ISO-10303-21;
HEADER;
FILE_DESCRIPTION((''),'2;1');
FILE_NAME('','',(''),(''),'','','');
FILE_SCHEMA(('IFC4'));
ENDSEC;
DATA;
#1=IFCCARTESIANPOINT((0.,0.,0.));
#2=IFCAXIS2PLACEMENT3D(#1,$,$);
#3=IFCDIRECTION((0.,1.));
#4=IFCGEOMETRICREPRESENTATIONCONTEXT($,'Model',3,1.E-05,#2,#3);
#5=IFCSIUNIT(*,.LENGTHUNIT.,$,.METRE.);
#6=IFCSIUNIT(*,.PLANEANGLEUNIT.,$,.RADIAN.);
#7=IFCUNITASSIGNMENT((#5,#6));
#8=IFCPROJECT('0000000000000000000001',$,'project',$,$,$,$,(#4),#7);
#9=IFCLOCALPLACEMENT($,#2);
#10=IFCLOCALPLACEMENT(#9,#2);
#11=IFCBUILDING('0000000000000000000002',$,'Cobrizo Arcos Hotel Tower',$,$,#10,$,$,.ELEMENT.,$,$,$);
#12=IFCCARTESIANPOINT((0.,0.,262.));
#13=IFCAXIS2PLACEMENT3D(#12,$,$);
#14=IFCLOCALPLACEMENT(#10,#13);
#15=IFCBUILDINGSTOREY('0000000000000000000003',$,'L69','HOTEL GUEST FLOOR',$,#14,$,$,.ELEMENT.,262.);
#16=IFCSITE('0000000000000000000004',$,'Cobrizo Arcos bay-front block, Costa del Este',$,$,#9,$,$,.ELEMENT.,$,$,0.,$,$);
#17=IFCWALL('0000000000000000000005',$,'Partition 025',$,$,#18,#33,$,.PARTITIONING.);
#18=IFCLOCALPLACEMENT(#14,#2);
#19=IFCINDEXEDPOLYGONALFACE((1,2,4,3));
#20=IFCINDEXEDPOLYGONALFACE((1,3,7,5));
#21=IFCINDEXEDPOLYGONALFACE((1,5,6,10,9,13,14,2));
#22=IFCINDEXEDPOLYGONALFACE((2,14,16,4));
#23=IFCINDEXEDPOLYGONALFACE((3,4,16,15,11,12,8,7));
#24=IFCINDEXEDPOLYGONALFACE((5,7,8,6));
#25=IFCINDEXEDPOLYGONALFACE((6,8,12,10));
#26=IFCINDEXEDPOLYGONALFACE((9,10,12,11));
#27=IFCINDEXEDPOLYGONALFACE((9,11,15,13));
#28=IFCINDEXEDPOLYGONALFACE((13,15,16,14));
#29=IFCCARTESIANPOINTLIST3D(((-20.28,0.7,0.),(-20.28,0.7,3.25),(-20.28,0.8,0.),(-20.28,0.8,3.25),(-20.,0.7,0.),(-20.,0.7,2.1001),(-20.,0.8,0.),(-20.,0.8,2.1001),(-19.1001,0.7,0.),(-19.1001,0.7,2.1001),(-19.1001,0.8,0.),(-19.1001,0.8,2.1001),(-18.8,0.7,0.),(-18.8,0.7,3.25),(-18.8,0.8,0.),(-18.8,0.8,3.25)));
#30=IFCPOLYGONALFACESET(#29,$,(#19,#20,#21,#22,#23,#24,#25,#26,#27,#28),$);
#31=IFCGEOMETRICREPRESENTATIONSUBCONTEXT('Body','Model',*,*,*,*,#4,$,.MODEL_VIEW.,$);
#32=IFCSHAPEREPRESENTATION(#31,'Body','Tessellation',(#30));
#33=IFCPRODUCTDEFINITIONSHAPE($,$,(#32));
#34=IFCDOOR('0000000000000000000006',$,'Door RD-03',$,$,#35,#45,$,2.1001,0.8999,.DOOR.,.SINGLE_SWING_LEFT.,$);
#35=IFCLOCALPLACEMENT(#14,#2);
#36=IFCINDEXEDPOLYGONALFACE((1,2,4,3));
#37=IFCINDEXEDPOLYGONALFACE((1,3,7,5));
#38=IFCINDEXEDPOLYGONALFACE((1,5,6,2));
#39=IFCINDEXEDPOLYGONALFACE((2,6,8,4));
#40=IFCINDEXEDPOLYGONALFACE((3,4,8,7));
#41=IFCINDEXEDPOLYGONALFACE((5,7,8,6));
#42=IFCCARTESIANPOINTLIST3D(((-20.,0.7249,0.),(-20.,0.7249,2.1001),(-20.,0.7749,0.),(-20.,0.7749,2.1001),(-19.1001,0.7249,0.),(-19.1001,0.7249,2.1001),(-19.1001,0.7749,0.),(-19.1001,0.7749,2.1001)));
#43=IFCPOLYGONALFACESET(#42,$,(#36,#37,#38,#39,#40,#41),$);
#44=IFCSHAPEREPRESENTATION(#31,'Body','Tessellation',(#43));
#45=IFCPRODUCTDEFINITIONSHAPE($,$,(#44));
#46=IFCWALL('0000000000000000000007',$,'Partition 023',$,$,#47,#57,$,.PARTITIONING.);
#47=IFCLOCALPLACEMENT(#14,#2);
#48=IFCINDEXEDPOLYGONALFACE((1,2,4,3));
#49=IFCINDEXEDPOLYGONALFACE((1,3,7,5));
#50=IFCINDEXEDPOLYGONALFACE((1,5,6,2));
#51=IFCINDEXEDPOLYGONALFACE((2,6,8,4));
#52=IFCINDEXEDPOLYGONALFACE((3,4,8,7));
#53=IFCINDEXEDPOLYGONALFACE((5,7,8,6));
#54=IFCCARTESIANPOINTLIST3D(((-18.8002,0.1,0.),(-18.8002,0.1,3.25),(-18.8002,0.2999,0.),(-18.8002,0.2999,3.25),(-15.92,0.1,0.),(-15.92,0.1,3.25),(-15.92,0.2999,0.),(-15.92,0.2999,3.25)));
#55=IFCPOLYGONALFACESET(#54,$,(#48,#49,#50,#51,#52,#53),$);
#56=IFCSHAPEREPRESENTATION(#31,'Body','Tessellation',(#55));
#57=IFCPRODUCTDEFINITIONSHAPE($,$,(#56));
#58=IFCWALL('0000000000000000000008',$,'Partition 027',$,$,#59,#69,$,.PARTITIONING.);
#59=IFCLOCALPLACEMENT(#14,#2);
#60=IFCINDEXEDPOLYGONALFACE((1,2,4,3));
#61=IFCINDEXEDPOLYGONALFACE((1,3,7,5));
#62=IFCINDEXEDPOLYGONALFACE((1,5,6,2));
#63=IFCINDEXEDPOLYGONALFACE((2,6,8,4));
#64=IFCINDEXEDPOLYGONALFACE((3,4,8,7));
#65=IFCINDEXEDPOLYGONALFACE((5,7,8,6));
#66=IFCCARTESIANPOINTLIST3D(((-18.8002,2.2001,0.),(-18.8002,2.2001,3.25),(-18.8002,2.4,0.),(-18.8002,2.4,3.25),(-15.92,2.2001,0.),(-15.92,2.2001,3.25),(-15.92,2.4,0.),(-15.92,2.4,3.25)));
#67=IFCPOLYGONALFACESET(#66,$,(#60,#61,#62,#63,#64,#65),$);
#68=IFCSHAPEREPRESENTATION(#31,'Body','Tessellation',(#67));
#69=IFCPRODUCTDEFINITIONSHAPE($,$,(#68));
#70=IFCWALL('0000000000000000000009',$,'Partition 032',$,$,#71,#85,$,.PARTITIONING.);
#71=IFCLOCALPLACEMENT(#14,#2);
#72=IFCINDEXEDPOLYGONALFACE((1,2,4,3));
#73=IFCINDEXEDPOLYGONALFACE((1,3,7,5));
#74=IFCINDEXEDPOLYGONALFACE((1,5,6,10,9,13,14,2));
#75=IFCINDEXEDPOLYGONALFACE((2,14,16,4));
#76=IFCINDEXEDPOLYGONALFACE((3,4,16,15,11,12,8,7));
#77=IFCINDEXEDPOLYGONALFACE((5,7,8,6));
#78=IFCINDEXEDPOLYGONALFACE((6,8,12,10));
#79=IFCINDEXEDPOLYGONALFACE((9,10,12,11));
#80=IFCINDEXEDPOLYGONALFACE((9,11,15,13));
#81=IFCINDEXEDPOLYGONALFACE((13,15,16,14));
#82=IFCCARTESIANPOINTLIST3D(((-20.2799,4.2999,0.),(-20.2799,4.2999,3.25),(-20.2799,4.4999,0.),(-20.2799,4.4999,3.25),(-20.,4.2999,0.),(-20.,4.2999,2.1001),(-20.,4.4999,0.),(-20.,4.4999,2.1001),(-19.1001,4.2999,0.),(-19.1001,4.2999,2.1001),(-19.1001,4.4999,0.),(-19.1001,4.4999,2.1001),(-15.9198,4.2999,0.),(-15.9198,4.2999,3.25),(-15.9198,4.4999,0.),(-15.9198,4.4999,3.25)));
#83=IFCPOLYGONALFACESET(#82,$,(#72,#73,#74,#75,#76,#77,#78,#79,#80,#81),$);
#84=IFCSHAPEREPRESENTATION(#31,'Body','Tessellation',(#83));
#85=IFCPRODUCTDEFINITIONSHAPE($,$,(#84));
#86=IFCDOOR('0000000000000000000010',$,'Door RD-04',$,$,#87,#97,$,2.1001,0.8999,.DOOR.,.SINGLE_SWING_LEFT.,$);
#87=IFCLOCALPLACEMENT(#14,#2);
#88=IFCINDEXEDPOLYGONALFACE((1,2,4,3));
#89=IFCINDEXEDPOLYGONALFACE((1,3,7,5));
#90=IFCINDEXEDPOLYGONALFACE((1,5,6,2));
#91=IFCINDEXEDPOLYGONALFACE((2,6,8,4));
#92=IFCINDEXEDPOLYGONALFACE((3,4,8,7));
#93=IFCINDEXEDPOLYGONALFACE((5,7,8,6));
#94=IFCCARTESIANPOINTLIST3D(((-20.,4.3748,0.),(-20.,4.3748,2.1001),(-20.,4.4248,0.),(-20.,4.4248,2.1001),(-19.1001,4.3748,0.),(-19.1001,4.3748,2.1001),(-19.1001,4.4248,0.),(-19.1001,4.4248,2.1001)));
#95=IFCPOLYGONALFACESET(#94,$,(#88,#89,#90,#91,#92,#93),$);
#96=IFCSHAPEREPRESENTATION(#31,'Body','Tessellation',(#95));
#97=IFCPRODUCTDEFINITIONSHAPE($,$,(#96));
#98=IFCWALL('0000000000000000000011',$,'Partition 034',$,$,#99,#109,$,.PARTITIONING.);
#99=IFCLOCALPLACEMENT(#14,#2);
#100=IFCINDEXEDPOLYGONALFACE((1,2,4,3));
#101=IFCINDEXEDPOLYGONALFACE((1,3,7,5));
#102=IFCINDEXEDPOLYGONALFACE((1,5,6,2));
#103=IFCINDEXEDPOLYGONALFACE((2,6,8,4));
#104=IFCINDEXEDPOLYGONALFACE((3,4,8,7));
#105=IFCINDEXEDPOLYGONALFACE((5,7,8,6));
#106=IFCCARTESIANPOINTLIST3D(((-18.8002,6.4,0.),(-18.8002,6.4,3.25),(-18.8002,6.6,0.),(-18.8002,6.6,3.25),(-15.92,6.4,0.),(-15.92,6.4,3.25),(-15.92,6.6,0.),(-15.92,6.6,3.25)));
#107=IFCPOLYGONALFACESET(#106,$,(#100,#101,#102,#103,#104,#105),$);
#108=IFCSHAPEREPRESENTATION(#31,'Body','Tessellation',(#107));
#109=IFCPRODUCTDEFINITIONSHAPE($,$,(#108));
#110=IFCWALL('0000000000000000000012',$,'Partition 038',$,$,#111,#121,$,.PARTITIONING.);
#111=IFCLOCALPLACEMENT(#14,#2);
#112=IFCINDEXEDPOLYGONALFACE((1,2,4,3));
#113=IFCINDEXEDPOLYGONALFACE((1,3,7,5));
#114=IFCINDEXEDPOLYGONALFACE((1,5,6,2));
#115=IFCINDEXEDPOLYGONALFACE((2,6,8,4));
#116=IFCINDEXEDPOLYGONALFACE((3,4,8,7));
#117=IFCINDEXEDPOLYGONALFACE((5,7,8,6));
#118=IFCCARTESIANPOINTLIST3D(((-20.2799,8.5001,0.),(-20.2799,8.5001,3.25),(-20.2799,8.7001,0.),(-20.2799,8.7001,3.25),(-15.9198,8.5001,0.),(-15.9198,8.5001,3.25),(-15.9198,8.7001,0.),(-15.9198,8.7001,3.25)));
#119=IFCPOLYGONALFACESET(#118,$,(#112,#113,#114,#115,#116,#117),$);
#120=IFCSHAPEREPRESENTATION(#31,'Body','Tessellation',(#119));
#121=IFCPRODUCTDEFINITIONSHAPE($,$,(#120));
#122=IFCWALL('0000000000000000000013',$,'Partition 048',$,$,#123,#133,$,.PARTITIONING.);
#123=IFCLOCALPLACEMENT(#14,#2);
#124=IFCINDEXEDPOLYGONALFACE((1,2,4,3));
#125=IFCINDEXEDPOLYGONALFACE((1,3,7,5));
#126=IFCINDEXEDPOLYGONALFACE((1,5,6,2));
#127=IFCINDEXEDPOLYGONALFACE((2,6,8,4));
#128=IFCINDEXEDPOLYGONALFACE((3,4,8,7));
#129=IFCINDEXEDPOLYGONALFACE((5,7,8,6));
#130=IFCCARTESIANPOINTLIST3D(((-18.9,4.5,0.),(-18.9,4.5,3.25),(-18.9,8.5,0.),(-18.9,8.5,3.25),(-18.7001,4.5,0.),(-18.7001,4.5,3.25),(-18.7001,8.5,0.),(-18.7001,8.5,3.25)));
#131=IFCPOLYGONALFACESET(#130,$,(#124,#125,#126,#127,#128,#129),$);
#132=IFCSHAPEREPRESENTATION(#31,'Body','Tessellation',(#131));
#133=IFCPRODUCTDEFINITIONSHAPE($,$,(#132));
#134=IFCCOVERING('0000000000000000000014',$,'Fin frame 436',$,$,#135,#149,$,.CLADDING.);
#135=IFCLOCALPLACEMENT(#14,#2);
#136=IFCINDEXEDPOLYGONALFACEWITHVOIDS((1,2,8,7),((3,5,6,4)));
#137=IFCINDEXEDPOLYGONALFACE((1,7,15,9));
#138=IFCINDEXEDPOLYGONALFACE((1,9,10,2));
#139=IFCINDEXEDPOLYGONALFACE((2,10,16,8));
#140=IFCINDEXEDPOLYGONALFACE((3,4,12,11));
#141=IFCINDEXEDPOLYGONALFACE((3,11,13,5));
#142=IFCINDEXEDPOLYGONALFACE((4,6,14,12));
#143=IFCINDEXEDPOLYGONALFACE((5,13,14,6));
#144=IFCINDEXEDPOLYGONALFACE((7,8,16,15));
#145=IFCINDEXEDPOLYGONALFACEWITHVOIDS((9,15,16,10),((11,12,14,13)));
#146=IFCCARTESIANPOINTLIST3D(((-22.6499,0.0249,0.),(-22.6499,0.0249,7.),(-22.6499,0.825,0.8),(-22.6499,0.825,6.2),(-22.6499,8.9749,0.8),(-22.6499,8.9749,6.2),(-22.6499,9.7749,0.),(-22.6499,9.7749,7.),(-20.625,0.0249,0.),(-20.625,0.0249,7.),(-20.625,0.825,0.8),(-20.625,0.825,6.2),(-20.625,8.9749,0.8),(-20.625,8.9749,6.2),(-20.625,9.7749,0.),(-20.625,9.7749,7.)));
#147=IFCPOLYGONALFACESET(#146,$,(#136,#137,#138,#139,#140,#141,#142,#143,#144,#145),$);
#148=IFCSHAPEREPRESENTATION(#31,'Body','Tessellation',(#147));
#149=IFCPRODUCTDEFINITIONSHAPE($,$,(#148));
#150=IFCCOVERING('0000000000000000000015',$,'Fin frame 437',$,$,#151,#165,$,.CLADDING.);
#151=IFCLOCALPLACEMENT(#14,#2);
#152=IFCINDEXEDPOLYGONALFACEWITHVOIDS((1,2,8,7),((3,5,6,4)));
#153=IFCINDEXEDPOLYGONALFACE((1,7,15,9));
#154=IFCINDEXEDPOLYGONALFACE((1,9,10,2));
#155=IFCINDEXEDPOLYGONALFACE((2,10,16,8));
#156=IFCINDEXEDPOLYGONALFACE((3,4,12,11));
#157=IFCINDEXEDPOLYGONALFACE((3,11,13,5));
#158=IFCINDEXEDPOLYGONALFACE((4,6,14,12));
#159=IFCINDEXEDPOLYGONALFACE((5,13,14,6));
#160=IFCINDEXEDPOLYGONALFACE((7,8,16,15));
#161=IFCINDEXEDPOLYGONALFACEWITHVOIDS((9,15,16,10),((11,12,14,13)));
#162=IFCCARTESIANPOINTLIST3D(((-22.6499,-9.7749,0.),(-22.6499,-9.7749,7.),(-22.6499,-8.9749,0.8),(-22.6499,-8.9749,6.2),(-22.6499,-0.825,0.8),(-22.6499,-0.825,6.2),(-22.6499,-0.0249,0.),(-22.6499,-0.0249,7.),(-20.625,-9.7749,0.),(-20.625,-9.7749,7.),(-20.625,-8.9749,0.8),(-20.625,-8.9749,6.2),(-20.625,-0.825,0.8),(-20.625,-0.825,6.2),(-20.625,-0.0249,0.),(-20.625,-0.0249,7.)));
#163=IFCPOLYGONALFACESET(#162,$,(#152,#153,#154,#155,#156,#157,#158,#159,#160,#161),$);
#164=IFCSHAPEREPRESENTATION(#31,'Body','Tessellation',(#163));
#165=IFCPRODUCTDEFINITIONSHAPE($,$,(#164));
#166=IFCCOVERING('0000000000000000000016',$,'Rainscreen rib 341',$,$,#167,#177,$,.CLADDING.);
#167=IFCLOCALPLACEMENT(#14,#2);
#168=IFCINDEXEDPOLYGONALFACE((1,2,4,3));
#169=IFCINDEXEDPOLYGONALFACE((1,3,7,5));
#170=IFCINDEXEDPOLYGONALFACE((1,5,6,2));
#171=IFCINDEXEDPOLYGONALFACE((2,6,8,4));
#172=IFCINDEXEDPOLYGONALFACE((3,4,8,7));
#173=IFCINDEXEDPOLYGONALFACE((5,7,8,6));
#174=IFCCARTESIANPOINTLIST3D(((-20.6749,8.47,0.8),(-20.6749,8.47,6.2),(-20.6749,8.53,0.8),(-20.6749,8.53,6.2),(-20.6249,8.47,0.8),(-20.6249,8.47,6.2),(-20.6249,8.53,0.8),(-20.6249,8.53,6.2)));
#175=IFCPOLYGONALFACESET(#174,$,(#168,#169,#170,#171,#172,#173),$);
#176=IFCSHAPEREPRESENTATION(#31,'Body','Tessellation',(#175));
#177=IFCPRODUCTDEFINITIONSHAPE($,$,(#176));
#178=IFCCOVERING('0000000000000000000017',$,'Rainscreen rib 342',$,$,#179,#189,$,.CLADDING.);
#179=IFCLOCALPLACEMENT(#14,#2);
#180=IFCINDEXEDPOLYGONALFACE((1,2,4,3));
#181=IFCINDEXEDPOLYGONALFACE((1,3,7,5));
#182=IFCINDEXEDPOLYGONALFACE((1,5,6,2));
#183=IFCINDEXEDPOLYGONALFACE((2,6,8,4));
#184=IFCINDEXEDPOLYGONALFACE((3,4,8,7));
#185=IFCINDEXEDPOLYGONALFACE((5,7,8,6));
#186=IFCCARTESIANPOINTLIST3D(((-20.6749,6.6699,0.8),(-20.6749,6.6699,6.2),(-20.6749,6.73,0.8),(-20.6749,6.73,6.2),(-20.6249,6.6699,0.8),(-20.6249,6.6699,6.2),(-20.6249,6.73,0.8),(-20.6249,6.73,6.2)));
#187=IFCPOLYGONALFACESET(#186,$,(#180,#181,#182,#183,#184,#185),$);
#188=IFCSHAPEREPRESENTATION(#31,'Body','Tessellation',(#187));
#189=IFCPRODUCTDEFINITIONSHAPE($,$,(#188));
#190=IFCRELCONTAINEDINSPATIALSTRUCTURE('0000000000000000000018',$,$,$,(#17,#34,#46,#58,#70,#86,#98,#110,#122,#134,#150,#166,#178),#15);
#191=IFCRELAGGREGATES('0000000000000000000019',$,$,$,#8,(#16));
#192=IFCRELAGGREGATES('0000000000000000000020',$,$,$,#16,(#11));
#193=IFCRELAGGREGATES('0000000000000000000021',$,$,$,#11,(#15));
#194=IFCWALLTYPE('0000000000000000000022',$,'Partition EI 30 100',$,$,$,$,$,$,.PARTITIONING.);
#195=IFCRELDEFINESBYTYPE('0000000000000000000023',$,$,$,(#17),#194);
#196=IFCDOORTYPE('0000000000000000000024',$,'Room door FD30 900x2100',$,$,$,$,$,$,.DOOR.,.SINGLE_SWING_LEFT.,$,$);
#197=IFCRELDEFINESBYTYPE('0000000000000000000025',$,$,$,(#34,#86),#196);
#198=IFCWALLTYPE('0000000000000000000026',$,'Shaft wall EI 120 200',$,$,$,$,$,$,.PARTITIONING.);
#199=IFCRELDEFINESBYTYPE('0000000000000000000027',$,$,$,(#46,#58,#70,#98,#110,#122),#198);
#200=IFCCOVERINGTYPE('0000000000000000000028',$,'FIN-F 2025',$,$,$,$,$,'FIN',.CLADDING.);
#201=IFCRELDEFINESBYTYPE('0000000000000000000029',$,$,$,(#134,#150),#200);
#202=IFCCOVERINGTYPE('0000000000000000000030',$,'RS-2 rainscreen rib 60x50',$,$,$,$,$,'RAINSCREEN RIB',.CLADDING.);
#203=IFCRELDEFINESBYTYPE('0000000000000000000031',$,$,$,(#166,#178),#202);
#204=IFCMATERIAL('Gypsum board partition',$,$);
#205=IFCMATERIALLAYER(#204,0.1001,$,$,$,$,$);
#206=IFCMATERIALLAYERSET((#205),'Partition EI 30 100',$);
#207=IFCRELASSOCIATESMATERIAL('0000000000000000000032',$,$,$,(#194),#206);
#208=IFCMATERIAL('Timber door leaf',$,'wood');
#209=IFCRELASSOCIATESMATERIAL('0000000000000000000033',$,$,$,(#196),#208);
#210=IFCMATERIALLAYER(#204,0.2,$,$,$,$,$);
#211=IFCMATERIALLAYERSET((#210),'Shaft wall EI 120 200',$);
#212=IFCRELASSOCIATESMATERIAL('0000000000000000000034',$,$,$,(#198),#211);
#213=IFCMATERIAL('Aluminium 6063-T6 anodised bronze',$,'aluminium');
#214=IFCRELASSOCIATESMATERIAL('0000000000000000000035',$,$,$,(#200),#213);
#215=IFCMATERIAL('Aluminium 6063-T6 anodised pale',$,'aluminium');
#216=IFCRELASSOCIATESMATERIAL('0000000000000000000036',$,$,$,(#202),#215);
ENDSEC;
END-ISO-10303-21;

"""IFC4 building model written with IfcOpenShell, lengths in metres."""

from ifc_helpers import new_model, si_unit, direction, frame, frame_2d, origin, origin_2d, place, context, subcontext, project, spatial, polyline, rectangle, outline, extrude, material, layer, layer_set, type_object, element, fill, save


model = new_model("IFC4")

# Units and contexts
model_context = context("Model", 3, precision=1e-05, world=origin(), true_north=direction((0.0, 1.0)))
body_context = subcontext(model_context, "Body", "Model", "MODEL_VIEW")
ifc_project = project(units=[si_unit("LENGTHUNIT", "METRE"), si_unit("PLANEANGLEUNIT", "RADIAN")], contexts=[model_context])

# Site, building, storey
site_placement = place(None, origin())
site = spatial("IfcSite", under=ifc_project, at=site_placement, Name="Cobrizo Arcos bay-front block, Costa del Este", CompositionType="ELEMENT", RefElevation=0.0)
building_placement = place(site_placement, origin())
building = spatial("IfcBuilding", under=site, at=building_placement, Name="Cobrizo Arcos Hotel Tower", CompositionType="ELEMENT")
storey_placement = place(building_placement, frame((0.0, 0.0, 262.0)))
storey = spatial("IfcBuildingStorey", under=building, at=storey_placement, Name="L69", Description="HOTEL GUEST FLOOR", CompositionType="ELEMENT", Elevation=262.0)

# Wall, opening, door
ifc_material_1 = material(Name="Gypsum board partition")
ifc_layer_1 = layer(ifc_material_1, 0.1001)
ifc_layer_set_1 = layer_set([ifc_layer_1], Name="Partition EI 30 100")
wall_type_1 = type_object("IfcWallType", Name="Partition EI 30 100", PredefinedType="PARTITIONING", material=ifc_layer_set_1)
wall_1_placement = place(storey_placement, frame((-20.28, 0.75, 0.0), z_axis=(0.0, 0.0, 1.0), x_axis=(1.0, 0.0, 0.0)))
wall_1 = element("IfcWall", 1, at=wall_1_placement, inside=storey, type_object=wall_type_1, Name="Partition 025", PredefinedType="PARTITIONING", context=body_context, shape_type="SweptSolid", body=[
    extrude(rectangle(XDim=1.48, YDim=0.1001, at=frame_2d((0.74, 0.0))), origin(), (0.0, 0.0, 1.0), 3.25),
])
opening_1_placement = place(wall_1_placement, frame((0.28, 0.0, 0.0)))
opening_1 = element("IfcOpeningElement", 2, at=opening_1_placement, cuts=wall_1, PredefinedType="OPENING", context=body_context, shape_type="SweptSolid", body=[
    extrude(rectangle(XDim=0.8999, YDim=2.1001, at=frame_2d((0.45, 1.05))), frame((0.0, 0.062, 0.0), z_axis=(0.0, -1.0, 0.0), x_axis=(1.0, 0.0, 0.0)), (0.0, 0.0, 1.0), 0.124),
])
ifc_material_2 = material(Name="Timber door leaf", Category="wood")
door_type = type_object("IfcDoorType", Name="Room door FD30 900x2100", OperationType="SINGLE_SWING_LEFT", PredefinedType="DOOR", material=ifc_material_2)
door_1_placement = place(opening_1_placement, origin())
door_1 = element("IfcDoor", 3, at=door_1_placement, inside=storey, type_object=door_type, Name="Door RD-03", OperationType="SINGLE_SWING_LEFT", OverallHeight=2.1001, OverallWidth=0.8999, PredefinedType="DOOR", context=body_context, shape_type="SweptSolid", body=[
    extrude(rectangle(XDim=0.8999, YDim=2.1001, at=frame_2d((0.45, 1.05))), frame((0.0, 0.0249, 0.0), z_axis=(0.0, -1.0, 0.0), x_axis=(1.0, 0.0, 0.0)), (0.0, 0.0, 1.0), 0.05),
])
fill(opening_1, door_1)

# Walls
ifc_layer_2 = layer(ifc_material_1, 0.2)
ifc_layer_set_2 = layer_set([ifc_layer_2], Name="Shaft wall EI 120 200")
wall_type_2 = type_object("IfcWallType", Name="Shaft wall EI 120 200", PredefinedType="PARTITIONING", material=ifc_layer_set_2)
for number, where, z_axis, x_axis, name in (
    (4, (-18.8, 0.2, 0.0), (0.0, 0.0, 1.0), (1.0, 0.0, 0.0), "Partition 023"),
    (5, (-18.8, 2.3, 0.0), (0.0, 0.0, 1.0), (1.0, 0.0, 0.0), "Partition 027"),
):
    element("IfcWall", number, at=place(storey_placement, frame(where, z_axis=z_axis, x_axis=x_axis)), inside=storey, type_object=wall_type_2, Name=name, PredefinedType="PARTITIONING", context=body_context, shape_type="SweptSolid", body=[
        extrude(rectangle(XDim=2.8801, YDim=0.2, at=frame_2d((1.4399, 0.0))), origin(), (0.0, 0.0, 1.0), 3.25),
    ])

# Wall, opening, door
wall_2_placement = place(storey_placement, frame((-20.28, 4.3999, 0.0), z_axis=(0.0, 0.0, 1.0), x_axis=(1.0, 0.0, 0.0)))
wall_2 = element("IfcWall", 6, at=wall_2_placement, inside=storey, type_object=wall_type_2, Name="Partition 032", PredefinedType="PARTITIONING", context=body_context, shape_type="SweptSolid", body=[
    extrude(rectangle(XDim=4.3601, YDim=0.2, at=frame_2d((2.1802, 0.0))), origin(), (0.0, 0.0, 1.0), 3.25),
])
opening_2_placement = place(wall_2_placement, frame((0.28, 0.0, 0.0)))
opening_2 = element("IfcOpeningElement", 7, at=opening_2_placement, cuts=wall_2, PredefinedType="OPENING", context=body_context, shape_type="SweptSolid", body=[
    extrude(rectangle(XDim=0.8999, YDim=2.1001, at=frame_2d((0.45, 1.05))), frame((0.0, 0.1121, 0.0), z_axis=(0.0, -1.0, 0.0), x_axis=(1.0, 0.0, 0.0)), (0.0, 0.0, 1.0), 0.2239),
])
door_2_placement = place(opening_2_placement, origin())
door_2 = element("IfcDoor", 8, at=door_2_placement, inside=storey, type_object=door_type, Name="Door RD-04", OperationType="SINGLE_SWING_LEFT", OverallHeight=2.1001, OverallWidth=0.8999, PredefinedType="DOOR", context=body_context, shape_type="SweptSolid", body=[
    extrude(rectangle(XDim=0.8999, YDim=2.1001, at=frame_2d((0.45, 1.05))), frame((0.0, 0.0249, 0.0), z_axis=(0.0, -1.0, 0.0), x_axis=(1.0, 0.0, 0.0)), (0.0, 0.0, 1.0), 0.05),
])
fill(opening_2, door_2)

# Walls
wall_3_placement = place(storey_placement, frame((-18.8, 6.5, 0.0), z_axis=(0.0, 0.0, 1.0), x_axis=(1.0, 0.0, 0.0)))
element("IfcWall", 9, at=wall_3_placement, inside=storey, type_object=wall_type_2, Name="Partition 034", PredefinedType="PARTITIONING", context=body_context, shape_type="SweptSolid", body=[
    extrude(rectangle(XDim=2.8801, YDim=0.2, at=frame_2d((1.4399, 0.0))), origin(), (0.0, 0.0, 1.0), 3.25),
])
wall_4_placement = place(storey_placement, frame((-20.28, 8.6001, 0.0), z_axis=(0.0, 0.0, 1.0), x_axis=(1.0, 0.0, 0.0)))
element("IfcWall", 10, at=wall_4_placement, inside=storey, type_object=wall_type_2, Name="Partition 038", PredefinedType="PARTITIONING", context=body_context, shape_type="SweptSolid", body=[
    extrude(rectangle(XDim=4.3601, YDim=0.2, at=frame_2d((2.1802, 0.0))), origin(), (0.0, 0.0, 1.0), 3.25),
])
wall_5_placement = place(storey_placement, frame((-18.8, 4.5, 0.0), z_axis=(0.0, 0.0, 1.0), x_axis=(0.0, 1.0, 0.0)))
element("IfcWall", 11, at=wall_5_placement, inside=storey, type_object=wall_type_2, Name="Partition 048", PredefinedType="PARTITIONING", context=body_context, shape_type="SweptSolid", body=[
    extrude(rectangle(XDim=4.0, YDim=0.2, at=frame_2d((2.0, 0.0))), origin(), (0.0, 0.0, 1.0), 3.25),
])

# Coverings
ifc_material_3 = material(Name="Aluminium 6063-T6 anodised bronze", Category="aluminium")
covering_type_1 = type_object("IfcCoveringType", Name="FIN-F 2025", ElementType="FIN", PredefinedType="CLADDING", material=ifc_material_3)
for number, where, z_axis, x_axis, name in (
    (12, (-20.625, 9.7749, 0.0), (-1.0, 0.0, 0.0), (0.0, -1.0, 0.0), "Fin frame 436"),
    (13, (-20.625, -0.0249, 0.0), (-1.0, 0.0, 0.0), (0.0, -1.0, 0.0), "Fin frame 437"),
):
    element("IfcCovering", number, at=place(storey_placement, frame(where, z_axis=z_axis, x_axis=x_axis)), inside=storey, type_object=covering_type_1, Name=name, PredefinedType="CLADDING", context=body_context, shape_type="SweptSolid", body=[
        extrude(outline(polyline([(0.0, 7.0), (0.0, 0.0), (9.75, 0.0), (9.75, 7.0), (0.0, 7.0)]), holes=[polyline([(8.95, 0.8), (0.8, 0.8), (0.8, 6.2), (8.95, 6.2), (8.95, 0.8)])]), origin(), (0.0, 0.0, 1.0), 2.0249),
    ])
ifc_material_4 = material(Name="Aluminium 6063-T6 anodised pale", Category="aluminium")
covering_type_2 = type_object("IfcCoveringType", Name="RS-2 rainscreen rib 60x50", ElementType="RAINSCREEN RIB", PredefinedType="CLADDING", material=ifc_material_4)
for number, where, z_axis, x_axis, name in (
    (14, (-20.6499, 8.5, 0.8), (0.0, 0.0, 1.0), (0.0, -1.0, 0.0), "Rainscreen rib 341"),
    (15, (-20.6499, 6.7, 0.8), (0.0, 0.0, 1.0), (0.0, -1.0, 0.0), "Rainscreen rib 342"),
):
    element("IfcCovering", number, at=place(storey_placement, frame(where, z_axis=z_axis, x_axis=x_axis)), inside=storey, type_object=covering_type_2, Name=name, PredefinedType="CLADDING", context=body_context, shape_type="SweptSolid", body=[
        extrude(rectangle(XDim=0.0601, YDim=0.05, at=origin_2d()), origin(), (0.0, 0.0, 1.0), 5.3999),
    ])

save(model, "model.ifc")
